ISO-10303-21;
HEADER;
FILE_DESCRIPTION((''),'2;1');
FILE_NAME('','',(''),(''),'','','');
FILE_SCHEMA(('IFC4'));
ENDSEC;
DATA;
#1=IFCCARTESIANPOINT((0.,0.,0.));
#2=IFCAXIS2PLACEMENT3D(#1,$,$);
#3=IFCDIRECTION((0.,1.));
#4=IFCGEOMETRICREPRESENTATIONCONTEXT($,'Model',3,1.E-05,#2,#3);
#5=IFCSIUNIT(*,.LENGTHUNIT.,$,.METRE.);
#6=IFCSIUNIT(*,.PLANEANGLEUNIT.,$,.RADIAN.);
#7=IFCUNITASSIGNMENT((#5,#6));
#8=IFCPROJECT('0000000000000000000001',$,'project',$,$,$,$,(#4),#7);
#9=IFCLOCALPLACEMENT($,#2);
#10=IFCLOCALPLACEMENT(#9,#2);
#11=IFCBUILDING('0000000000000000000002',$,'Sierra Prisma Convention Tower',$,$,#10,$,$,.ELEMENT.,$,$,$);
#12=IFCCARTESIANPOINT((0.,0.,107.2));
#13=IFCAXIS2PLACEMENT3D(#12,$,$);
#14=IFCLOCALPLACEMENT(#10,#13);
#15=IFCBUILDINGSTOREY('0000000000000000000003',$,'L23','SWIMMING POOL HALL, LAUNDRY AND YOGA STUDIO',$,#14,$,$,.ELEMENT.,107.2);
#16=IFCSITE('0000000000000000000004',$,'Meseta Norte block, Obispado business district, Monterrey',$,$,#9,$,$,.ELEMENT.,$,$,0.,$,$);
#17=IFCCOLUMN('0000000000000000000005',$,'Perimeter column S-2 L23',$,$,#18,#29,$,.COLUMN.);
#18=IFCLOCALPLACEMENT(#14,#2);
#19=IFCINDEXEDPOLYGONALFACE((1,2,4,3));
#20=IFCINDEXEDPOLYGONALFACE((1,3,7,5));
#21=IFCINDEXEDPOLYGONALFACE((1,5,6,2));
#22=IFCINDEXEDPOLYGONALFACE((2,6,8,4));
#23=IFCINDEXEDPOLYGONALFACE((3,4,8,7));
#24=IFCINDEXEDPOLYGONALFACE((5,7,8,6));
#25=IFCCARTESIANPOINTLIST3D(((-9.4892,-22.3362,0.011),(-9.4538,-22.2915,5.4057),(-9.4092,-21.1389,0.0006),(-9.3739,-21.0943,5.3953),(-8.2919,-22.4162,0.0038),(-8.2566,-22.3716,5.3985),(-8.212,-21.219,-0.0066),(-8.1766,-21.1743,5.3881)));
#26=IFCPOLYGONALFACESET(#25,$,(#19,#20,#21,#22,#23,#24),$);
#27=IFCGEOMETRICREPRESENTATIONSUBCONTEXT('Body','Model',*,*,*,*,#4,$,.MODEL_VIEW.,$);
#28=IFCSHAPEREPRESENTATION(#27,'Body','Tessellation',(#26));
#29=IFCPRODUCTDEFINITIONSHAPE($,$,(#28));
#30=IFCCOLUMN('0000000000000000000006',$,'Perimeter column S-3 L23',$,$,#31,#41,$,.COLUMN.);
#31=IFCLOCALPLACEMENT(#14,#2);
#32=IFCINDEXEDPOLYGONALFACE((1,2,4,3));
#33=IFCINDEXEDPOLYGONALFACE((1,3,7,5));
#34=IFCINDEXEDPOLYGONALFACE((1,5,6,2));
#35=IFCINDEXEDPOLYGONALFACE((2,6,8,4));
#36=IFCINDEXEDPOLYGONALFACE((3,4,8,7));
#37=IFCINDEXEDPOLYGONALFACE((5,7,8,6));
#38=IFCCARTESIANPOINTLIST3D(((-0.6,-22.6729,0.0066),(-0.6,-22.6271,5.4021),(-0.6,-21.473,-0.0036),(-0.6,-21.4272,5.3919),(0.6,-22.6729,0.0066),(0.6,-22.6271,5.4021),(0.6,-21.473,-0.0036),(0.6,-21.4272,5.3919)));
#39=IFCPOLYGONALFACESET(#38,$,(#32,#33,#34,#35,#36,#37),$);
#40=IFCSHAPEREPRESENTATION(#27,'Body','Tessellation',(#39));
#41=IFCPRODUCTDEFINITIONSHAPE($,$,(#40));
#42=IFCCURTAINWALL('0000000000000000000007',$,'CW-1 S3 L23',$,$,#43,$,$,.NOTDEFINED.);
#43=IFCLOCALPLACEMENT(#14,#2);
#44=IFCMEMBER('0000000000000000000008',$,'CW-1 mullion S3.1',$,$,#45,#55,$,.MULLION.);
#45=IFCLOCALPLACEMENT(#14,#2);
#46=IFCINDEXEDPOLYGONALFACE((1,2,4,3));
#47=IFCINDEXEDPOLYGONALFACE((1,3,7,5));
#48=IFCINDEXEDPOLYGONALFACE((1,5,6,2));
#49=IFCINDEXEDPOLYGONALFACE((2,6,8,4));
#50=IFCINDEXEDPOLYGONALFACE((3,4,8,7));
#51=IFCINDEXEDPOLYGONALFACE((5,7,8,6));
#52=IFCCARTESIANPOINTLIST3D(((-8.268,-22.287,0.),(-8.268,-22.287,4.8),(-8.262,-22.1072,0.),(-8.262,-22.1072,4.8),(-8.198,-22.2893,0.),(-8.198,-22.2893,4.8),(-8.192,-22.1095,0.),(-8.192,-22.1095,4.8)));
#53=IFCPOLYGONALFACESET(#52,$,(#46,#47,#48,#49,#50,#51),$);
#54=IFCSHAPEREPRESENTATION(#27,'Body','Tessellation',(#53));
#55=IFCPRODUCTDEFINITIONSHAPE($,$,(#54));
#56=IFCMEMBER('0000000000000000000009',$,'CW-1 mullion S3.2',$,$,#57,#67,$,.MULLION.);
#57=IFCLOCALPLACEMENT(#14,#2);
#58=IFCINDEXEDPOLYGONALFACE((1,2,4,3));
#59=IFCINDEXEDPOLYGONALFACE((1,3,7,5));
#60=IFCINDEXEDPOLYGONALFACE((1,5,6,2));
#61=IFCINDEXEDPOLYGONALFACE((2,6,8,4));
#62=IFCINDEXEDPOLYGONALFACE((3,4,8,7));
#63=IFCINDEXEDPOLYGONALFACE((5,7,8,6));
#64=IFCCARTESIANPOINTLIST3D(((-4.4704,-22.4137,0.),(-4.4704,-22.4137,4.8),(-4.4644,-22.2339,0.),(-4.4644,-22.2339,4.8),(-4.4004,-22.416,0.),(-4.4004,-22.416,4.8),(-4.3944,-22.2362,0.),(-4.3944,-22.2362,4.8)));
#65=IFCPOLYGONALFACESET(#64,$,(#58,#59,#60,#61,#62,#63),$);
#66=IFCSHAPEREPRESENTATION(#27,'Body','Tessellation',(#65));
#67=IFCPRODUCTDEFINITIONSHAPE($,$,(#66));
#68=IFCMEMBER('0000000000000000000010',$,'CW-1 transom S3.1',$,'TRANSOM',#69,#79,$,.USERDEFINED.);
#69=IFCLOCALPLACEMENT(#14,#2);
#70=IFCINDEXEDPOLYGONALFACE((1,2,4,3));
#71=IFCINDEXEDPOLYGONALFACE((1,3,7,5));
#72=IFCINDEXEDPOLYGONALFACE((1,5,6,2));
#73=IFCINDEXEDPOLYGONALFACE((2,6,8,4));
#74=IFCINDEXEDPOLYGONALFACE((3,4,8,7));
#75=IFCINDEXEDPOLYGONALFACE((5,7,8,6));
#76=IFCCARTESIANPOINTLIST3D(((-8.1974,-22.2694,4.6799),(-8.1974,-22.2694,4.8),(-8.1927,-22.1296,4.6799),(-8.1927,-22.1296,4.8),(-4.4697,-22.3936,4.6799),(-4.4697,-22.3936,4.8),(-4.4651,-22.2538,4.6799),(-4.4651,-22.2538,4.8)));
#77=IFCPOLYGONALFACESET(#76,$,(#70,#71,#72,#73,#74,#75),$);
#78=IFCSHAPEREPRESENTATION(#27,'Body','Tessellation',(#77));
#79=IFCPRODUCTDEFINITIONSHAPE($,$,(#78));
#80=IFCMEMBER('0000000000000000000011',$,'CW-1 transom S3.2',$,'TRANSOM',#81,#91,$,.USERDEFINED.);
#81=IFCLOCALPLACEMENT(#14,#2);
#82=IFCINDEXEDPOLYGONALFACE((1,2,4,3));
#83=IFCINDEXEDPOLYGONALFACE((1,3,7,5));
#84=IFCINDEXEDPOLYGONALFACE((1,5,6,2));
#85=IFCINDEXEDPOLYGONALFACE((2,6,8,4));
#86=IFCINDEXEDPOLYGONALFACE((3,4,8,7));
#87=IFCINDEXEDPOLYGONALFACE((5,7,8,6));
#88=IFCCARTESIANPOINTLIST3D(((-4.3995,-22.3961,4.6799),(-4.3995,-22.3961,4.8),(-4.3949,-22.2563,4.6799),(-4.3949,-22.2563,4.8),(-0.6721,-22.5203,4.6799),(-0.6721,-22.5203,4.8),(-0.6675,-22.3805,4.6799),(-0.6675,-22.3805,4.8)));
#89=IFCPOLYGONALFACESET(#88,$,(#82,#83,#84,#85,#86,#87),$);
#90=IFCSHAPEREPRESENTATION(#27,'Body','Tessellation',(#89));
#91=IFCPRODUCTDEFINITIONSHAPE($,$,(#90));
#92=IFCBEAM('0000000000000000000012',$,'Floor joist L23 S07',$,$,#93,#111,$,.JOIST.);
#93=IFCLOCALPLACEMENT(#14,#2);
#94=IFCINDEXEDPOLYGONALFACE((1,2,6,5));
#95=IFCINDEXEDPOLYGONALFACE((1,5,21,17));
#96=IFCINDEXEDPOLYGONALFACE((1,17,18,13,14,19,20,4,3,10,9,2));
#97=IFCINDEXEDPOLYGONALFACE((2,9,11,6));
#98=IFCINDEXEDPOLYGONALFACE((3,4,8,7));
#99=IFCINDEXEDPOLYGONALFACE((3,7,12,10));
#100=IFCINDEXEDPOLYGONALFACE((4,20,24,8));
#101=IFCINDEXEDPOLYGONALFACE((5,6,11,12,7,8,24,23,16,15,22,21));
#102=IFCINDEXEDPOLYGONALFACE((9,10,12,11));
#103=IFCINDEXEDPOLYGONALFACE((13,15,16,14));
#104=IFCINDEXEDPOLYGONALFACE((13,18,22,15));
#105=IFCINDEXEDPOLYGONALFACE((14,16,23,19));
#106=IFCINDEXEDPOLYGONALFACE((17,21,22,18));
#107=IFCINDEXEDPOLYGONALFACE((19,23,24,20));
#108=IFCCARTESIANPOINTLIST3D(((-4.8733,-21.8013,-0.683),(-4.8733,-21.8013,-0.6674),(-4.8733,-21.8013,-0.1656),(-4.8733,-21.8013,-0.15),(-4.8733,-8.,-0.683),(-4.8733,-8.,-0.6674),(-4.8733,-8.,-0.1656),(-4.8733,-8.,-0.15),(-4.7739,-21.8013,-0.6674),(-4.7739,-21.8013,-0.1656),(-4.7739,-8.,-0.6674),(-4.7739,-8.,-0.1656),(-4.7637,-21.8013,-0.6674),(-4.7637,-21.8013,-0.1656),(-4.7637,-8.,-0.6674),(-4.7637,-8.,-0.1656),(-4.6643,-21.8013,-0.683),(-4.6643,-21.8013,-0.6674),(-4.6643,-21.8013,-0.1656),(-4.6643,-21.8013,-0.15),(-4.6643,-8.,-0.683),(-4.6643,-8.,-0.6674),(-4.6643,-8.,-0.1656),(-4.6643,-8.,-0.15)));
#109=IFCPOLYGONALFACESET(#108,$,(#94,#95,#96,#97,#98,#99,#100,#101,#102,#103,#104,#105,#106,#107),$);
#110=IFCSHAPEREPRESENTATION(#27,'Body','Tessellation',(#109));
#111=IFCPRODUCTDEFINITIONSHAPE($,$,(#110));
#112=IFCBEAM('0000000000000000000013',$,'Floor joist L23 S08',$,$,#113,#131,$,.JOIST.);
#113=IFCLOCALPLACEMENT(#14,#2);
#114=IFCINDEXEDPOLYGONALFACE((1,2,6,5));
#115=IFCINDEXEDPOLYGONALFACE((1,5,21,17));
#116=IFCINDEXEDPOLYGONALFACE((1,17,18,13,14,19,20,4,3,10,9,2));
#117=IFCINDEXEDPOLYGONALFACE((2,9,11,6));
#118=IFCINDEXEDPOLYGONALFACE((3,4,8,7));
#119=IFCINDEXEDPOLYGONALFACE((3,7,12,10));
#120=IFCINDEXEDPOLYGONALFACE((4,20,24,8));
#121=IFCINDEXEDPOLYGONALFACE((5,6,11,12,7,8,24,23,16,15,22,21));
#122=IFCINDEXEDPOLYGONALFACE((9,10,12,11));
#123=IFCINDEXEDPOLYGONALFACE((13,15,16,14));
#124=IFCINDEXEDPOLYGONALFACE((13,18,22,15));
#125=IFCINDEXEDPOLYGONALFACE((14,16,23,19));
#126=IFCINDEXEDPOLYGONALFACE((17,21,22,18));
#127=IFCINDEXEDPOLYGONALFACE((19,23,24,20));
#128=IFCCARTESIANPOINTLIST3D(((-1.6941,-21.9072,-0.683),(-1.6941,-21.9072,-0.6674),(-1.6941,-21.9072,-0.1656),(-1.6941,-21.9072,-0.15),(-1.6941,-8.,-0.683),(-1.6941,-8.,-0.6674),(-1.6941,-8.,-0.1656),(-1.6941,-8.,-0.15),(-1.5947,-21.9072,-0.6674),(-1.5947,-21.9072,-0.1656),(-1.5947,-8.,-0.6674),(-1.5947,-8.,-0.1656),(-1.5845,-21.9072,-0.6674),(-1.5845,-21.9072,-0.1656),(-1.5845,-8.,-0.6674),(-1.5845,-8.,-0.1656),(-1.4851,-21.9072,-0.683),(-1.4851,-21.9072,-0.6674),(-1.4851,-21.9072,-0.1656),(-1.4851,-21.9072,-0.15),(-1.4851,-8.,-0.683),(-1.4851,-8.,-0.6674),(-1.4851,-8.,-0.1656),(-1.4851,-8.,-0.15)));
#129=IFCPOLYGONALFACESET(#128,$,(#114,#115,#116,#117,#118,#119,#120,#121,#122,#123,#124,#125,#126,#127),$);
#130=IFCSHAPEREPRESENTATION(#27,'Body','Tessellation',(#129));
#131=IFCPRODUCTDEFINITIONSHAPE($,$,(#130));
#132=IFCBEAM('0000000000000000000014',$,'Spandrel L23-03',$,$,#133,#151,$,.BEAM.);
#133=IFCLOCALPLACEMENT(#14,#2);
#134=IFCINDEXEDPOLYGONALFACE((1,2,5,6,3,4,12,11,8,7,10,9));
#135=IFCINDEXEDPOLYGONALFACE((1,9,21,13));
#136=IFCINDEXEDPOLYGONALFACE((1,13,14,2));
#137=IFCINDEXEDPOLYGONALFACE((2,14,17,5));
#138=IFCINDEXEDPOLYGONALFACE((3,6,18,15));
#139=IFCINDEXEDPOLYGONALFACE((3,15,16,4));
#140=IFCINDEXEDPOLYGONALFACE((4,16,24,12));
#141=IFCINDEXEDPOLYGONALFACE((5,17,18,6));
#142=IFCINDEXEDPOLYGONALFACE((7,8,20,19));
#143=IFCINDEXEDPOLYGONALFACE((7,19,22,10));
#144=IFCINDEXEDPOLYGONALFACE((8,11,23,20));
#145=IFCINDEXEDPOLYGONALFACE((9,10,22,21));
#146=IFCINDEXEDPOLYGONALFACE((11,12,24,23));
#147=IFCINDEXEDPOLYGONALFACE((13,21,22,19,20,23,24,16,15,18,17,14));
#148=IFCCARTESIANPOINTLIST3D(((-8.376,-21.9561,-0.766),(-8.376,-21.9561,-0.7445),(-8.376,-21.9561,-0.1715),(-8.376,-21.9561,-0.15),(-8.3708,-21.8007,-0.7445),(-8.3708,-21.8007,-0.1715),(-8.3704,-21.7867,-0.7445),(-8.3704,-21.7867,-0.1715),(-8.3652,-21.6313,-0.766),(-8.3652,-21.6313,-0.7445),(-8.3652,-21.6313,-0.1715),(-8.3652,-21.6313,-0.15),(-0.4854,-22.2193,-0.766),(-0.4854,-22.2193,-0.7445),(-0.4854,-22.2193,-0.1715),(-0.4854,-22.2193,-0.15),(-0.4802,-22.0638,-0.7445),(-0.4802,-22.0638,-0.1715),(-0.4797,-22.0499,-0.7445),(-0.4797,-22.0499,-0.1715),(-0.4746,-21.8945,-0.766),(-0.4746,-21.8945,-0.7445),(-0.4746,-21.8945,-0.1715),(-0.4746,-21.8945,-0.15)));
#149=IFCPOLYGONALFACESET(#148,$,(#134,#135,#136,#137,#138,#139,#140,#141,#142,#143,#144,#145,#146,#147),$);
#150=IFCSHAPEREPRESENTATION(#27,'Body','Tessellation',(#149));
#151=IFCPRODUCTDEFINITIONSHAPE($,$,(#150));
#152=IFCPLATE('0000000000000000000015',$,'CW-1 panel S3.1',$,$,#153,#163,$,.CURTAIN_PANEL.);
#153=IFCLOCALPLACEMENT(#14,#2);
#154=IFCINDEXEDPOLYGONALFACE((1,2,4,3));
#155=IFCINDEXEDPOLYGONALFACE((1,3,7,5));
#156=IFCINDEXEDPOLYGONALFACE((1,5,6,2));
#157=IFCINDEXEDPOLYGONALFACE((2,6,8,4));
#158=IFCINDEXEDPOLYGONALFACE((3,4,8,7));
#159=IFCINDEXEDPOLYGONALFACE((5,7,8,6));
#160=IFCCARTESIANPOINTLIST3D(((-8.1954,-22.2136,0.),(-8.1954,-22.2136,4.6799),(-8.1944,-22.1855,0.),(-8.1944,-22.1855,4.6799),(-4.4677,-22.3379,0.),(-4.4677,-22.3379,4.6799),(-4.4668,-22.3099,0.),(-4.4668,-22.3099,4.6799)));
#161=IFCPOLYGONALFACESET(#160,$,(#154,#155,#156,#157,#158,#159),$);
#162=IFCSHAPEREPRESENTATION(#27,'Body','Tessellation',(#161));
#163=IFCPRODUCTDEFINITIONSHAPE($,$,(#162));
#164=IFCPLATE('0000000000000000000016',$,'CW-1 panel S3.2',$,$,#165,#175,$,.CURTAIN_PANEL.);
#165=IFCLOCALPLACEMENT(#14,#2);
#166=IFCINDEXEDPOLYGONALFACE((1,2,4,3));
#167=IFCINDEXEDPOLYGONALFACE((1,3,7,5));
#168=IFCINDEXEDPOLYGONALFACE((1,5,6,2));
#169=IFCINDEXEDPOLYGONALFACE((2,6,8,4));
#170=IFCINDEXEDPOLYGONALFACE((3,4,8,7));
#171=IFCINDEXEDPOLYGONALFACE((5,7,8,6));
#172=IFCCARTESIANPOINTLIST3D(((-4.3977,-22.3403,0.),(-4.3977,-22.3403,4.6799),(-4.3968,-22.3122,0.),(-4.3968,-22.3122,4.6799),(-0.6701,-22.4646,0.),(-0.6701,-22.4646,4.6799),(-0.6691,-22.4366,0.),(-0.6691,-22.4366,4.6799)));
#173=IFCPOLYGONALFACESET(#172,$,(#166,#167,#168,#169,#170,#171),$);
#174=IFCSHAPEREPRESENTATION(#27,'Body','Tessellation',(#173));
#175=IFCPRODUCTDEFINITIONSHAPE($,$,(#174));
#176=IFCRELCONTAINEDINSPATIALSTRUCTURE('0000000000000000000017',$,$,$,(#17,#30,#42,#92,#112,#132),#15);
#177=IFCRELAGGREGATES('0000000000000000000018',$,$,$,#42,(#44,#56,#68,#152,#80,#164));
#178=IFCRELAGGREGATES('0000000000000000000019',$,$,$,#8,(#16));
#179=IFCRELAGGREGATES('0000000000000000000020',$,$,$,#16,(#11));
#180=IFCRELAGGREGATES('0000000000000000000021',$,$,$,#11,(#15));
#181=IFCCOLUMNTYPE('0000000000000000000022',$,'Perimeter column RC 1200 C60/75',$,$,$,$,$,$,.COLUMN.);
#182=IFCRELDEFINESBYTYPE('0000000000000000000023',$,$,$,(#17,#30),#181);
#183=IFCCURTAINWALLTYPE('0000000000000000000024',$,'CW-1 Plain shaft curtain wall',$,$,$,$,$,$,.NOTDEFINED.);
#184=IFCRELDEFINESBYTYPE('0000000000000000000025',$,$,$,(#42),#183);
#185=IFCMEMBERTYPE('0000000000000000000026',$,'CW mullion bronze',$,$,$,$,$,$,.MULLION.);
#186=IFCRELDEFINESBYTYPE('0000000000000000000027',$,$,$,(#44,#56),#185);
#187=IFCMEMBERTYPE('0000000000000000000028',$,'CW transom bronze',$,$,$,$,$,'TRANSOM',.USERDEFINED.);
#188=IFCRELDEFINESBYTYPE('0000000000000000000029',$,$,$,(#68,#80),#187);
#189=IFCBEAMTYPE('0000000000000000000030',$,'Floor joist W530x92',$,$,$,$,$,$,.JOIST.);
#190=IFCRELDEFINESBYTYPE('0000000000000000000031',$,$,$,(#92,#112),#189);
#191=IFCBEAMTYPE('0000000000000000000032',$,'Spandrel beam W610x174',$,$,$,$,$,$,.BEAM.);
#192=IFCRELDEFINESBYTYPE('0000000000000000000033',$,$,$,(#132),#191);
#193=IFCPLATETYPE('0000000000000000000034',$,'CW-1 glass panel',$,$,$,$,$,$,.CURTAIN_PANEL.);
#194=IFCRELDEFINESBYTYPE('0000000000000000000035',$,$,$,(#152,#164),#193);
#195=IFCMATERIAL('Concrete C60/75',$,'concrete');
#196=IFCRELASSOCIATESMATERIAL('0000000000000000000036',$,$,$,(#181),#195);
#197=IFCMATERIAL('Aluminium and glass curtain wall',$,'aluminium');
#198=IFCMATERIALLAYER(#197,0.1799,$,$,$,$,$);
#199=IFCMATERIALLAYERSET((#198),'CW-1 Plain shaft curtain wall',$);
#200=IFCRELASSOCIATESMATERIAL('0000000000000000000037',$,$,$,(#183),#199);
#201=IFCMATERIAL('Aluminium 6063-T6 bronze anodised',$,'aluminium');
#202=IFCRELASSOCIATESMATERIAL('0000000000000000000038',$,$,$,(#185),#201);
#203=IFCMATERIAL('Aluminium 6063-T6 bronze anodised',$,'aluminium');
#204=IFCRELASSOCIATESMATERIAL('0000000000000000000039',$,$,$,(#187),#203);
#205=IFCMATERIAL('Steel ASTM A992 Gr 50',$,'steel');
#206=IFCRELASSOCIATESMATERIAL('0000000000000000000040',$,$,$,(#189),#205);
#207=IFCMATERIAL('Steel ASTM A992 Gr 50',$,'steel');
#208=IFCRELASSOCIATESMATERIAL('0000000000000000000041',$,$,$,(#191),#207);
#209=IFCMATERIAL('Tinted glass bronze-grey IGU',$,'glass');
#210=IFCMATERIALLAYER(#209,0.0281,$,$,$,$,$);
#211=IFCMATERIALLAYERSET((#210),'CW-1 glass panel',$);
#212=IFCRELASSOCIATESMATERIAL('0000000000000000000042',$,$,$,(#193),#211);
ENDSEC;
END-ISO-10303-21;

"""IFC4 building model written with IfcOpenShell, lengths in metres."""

from ifc_helpers import new_model, si_unit, direction, frame, origin, origin_2d, place, context, subcontext, project, spatial, rectangle, i_section, extrude, clip, halfspace, material, layer, layer_set, material_profile, profile_set, type_object, element, aggregate, save


model = new_model("IFC4")

# Units and contexts
model_context = context("Model", 3, precision=1e-05, world=origin(), true_north=direction((0.0, 1.0)))
body_context = subcontext(model_context, "Body", "Model", "MODEL_VIEW")
ifc_project = project(units=[si_unit("LENGTHUNIT", "METRE"), si_unit("PLANEANGLEUNIT", "RADIAN")], contexts=[model_context])

# Site, building, storey
site_placement = place(None, origin())
site = spatial("IfcSite", under=ifc_project, at=site_placement, Name="Meseta Norte block, Obispado business district, Monterrey", CompositionType="ELEMENT", RefElevation=0.0)
building_placement = place(site_placement, origin())
building = spatial("IfcBuilding", under=site, at=building_placement, Name="Sierra Prisma Convention Tower", CompositionType="ELEMENT")
storey_placement = place(building_placement, frame((0.0, 0.0, 107.2)))
storey = spatial("IfcBuildingStorey", under=building, at=storey_placement, Name="L23", Description="SWIMMING POOL HALL, LAUNDRY AND YOGA STUDIO", CompositionType="ELEMENT", Elevation=107.2)

# Columns
ifc_material_1 = material(Name="Concrete C60/75", Category="concrete")
ifc_material_profile_1 = material_profile(ifc_material_1, rectangle(XDim=1.2, YDim=1.2, at=origin_2d()), Name="Perimeter column RC 1200 C60/75")
ifc_profile_set_1 = profile_set([ifc_material_profile_1], Name="Concrete C60/75")
column_type = type_object("IfcColumnType", Name="Perimeter column RC 1200 C60/75", PredefinedType="COLUMN", material=ifc_profile_set_1)
column_1_placement = place(storey_placement, frame((-8.8506, -21.7776, 0.0), z_axis=(0.006555, 0.008273, 0.999944), x_axis=(-0.997755, 0.066697, 0.005989)))
element("IfcColumn", 1, at=column_1_placement, inside=storey, type_object=column_type, Name="Perimeter column S-2 L23", PredefinedType="COLUMN", context=body_context, shape_type="SweptSolid", body=[
    clip(clip(extrude(rectangle(XDim=1.2, YDim=1.2, at=origin_2d()), origin(), (0.0, 0.0, 1.0), 5.4004), halfspace(frame((0.0, 0.0, 0.0022)), True)), halfspace(frame((0.0, 0.0, 5.3972)), False)),
])
column_2_placement = place(storey_placement, frame((0.0, -22.073, 0.0), z_axis=(0.0, 0.008499, 0.999964), x_axis=(1.0, 0.0, 0.0)))
element("IfcColumn", 2, at=column_2_placement, inside=storey, type_object=column_type, Name="Perimeter column S-3 L23", PredefinedType="COLUMN", context=body_context, shape_type="SweptSolid", body=[
    clip(clip(extrude(rectangle(XDim=1.2, YDim=1.2, at=origin_2d()), origin(), (0.0, 0.0, 1.0), 5.4004), halfspace(frame((0.0, 0.0, 0.0015)), True)), halfspace(frame((0.0, 0.0, 5.3972)), False)),
])

# Curtain wall, members
ifc_material_2 = material(Name="Aluminium and glass curtain wall", Category="aluminium")
ifc_layer_1 = layer(ifc_material_2, 0.1799)
ifc_layer_set_1 = layer_set([ifc_layer_1], Name="CW-1 Plain shaft curtain wall")
curtain_wall_type = type_object("IfcCurtainWallType", Name="CW-1 Plain shaft curtain wall", PredefinedType="NOTDEFINED", material=ifc_layer_set_1)
curtain_wall_placement = place(storey_placement, origin())
curtain_wall = element("IfcCurtainWall", 3, at=curtain_wall_placement, inside=storey, type_object=curtain_wall_type, Name="CW-1 S3 L23", PredefinedType="NOTDEFINED")
ifc_material_3 = material(Name="Aluminium 6063-T6 bronze anodised", Category="aluminium")
ifc_material_profile_2 = material_profile(ifc_material_3, rectangle(XDim=0.1799, YDim=0.0701, at=origin_2d()), Name="ALU MULLION 70x180")
ifc_profile_set_2 = profile_set([ifc_material_profile_2], Name="Aluminium 6063-T6 bronze anodised")
member_type_1 = type_object("IfcMemberType", Name="CW mullion bronze", PredefinedType="MULLION", material=ifc_profile_set_2)
member_1_placement = place(storey_placement, frame((-8.23, -22.1982, 0.0), z_axis=(0.0, 0.0, 1.0), x_axis=(0.033341, 0.999444, 0.0)))
member_1 = element("IfcMember", 4, at=member_1_placement, type_object=member_type_1, Name="CW-1 mullion S3.1", PredefinedType="MULLION", context=body_context, shape_type="SweptSolid", body=[
    extrude(rectangle(XDim=0.1799, YDim=0.0701, at=origin_2d()), origin(), (0.0, 0.0, 1.0), 4.8),
])
member_2_placement = place(storey_placement, frame((-4.4324, -22.325, 0.0), z_axis=(0.0, 0.0, 1.0), x_axis=(0.033341, 0.999444, 0.0)))
member_2 = element("IfcMember", 5, at=member_2_placement, type_object=member_type_1, Name="CW-1 mullion S3.2", PredefinedType="MULLION", context=body_context, shape_type="SweptSolid", body=[
    extrude(rectangle(XDim=0.1799, YDim=0.0701, at=origin_2d()), origin(), (0.0, 0.0, 1.0), 4.8),
])
ifc_material_4 = material(Name="Aluminium 6063-T6 bronze anodised", Category="aluminium")
ifc_material_profile_3 = material_profile(ifc_material_4, rectangle(XDim=0.1399, YDim=0.1201, at=origin_2d()), Name="ALU TRANSOM 120x140")
ifc_profile_set_3 = profile_set([ifc_material_profile_3], Name="Aluminium 6063-T6 bronze anodised")
member_type_2 = type_object("IfcMemberType", Name="CW transom bronze", ElementType="TRANSOM", PredefinedType="USERDEFINED", material=ifc_profile_set_3)
member_3_placement = place(storey_placement, frame((-8.1951, -22.1995, 4.74), z_axis=(0.999445, -0.033317, 0.0), x_axis=(0.033317, 0.999445, 0.0)))
member_3 = element("IfcMember", 6, at=member_3_placement, type_object=member_type_2, Name="CW-1 transom S3.1", ObjectType="TRANSOM", PredefinedType="USERDEFINED", context=body_context, shape_type="SweptSolid", body=[
    extrude(rectangle(XDim=0.1399, YDim=0.1201, at=origin_2d()), origin(), (0.0, 0.0, 1.0), 3.7297),
])
member_4_placement = place(storey_placement, frame((-4.3972, -22.3262, 4.74), z_axis=(0.999445, -0.033319, 0.0), x_axis=(0.033319, 0.999445, 0.0)))
member_4 = element("IfcMember", 7, at=member_4_placement, type_object=member_type_2, Name="CW-1 transom S3.2", ObjectType="TRANSOM", PredefinedType="USERDEFINED", context=body_context, shape_type="SweptSolid", body=[
    extrude(rectangle(XDim=0.1399, YDim=0.1201, at=origin_2d()), origin(), (0.0, 0.0, 1.0), 3.7295),
])

# Beams
ifc_material_5 = material(Name="Steel ASTM A992 Gr 50", Category="steel")
ifc_material_profile_4 = material_profile(ifc_material_5, i_section(OverallWidth=0.209, OverallDepth=0.533, WebThickness=0.0103, FlangeThickness=0.0156, at=origin_2d()), Name="W530x92")
ifc_profile_set_4 = profile_set([ifc_material_profile_4], Name="Steel ASTM A992 Gr 50")
beam_type_1 = type_object("IfcBeamType", Name="Floor joist W530x92", PredefinedType="JOIST", material=ifc_profile_set_4)
beam_1_placement = place(storey_placement, frame((-4.7688, -21.8013, -0.4165), z_axis=(0.0, 1.0, 0.0), x_axis=(-1.0, 0.0, 0.0)))
element("IfcBeam", 8, at=beam_1_placement, inside=storey, type_object=beam_type_1, Name="Floor joist L23 S07", PredefinedType="JOIST", context=body_context, shape_type="SweptSolid", body=[
    extrude(i_section(OverallWidth=0.209, OverallDepth=0.533, WebThickness=0.0103, FlangeThickness=0.0156, at=origin_2d()), origin(), (0.0, 0.0, 1.0), 13.8013),
])
beam_2_placement = place(storey_placement, frame((-1.5896, -21.9072, -0.4165), z_axis=(0.0, 1.0, 0.0), x_axis=(-1.0, 0.0, 0.0)))
element("IfcBeam", 9, at=beam_2_placement, inside=storey, type_object=beam_type_1, Name="Floor joist L23 S08", PredefinedType="JOIST", context=body_context, shape_type="SweptSolid", body=[
    extrude(i_section(OverallWidth=0.209, OverallDepth=0.533, WebThickness=0.0103, FlangeThickness=0.0156, at=origin_2d()), origin(), (0.0, 0.0, 1.0), 13.9072),
])
ifc_material_6 = material(Name="Steel ASTM A992 Gr 50", Category="steel")
ifc_material_profile_5 = material_profile(ifc_material_6, i_section(OverallWidth=0.325, OverallDepth=0.616, WebThickness=0.0139, FlangeThickness=0.0215, at=origin_2d()), Name="W610x174")
ifc_profile_set_5 = profile_set([ifc_material_profile_5], Name="Steel ASTM A992 Gr 50")
beam_type_2 = type_object("IfcBeamType", Name="Spandrel beam W610x174", PredefinedType="BEAM", material=ifc_profile_set_5)
beam_3_placement = place(storey_placement, frame((-8.3706, -21.7937, -0.458), z_axis=(0.999444, -0.033335, 0.0), x_axis=(0.033335, 0.999444, 0.0)))
element("IfcBeam", 10, at=beam_3_placement, inside=storey, type_object=beam_type_2, Name="Spandrel L23-03", PredefinedType="BEAM", context=body_context, shape_type="SweptSolid", body=[
    extrude(i_section(OverallWidth=0.325, OverallDepth=0.616, WebThickness=0.0139, FlangeThickness=0.0215, at=origin_2d()), origin(), (0.0, 0.0, 1.0), 7.895),
])

# Plates
ifc_material_7 = material(Name="Tinted glass bronze-grey IGU", Category="glass")
ifc_layer_2 = layer(ifc_material_7, 0.0281)
ifc_layer_set_2 = layer_set([ifc_layer_2], Name="CW-1 glass panel")
plate_type = type_object("IfcPlateType", Name="CW-1 glass panel", PredefinedType="CURTAIN_PANEL", material=ifc_layer_set_2)
plate_1_placement = place(storey_placement, frame((-6.3311, -22.2617, 0.0), z_axis=(0.0, 0.0, 1.0), x_axis=(0.999444, -0.033341, 0.0)))
plate_1 = element("IfcPlate", 11, at=plate_1_placement, type_object=plate_type, Name="CW-1 panel S3.1", PredefinedType="CURTAIN_PANEL", context=body_context, shape_type="SweptSolid", body=[
    extrude(rectangle(XDim=3.7297, YDim=0.0281, at=origin_2d()), origin(), (0.0, 0.0, 1.0), 4.6799),
])
plate_2_placement = place(storey_placement, frame((-2.5334, -22.3884, 0.0), z_axis=(0.0, 0.0, 1.0), x_axis=(0.999444, -0.033341, 0.0)))
plate_2 = element("IfcPlate", 12, at=plate_2_placement, type_object=plate_type, Name="CW-1 panel S3.2", PredefinedType="CURTAIN_PANEL", context=body_context, shape_type="SweptSolid", body=[
    extrude(rectangle(XDim=3.7297, YDim=0.0281, at=origin_2d()), origin(), (0.0, 0.0, 1.0), 4.6799),
])
aggregate(curtain_wall, [member_1, member_2, member_3, plate_1, member_4, plate_2])

save(model, "model.ifc")
